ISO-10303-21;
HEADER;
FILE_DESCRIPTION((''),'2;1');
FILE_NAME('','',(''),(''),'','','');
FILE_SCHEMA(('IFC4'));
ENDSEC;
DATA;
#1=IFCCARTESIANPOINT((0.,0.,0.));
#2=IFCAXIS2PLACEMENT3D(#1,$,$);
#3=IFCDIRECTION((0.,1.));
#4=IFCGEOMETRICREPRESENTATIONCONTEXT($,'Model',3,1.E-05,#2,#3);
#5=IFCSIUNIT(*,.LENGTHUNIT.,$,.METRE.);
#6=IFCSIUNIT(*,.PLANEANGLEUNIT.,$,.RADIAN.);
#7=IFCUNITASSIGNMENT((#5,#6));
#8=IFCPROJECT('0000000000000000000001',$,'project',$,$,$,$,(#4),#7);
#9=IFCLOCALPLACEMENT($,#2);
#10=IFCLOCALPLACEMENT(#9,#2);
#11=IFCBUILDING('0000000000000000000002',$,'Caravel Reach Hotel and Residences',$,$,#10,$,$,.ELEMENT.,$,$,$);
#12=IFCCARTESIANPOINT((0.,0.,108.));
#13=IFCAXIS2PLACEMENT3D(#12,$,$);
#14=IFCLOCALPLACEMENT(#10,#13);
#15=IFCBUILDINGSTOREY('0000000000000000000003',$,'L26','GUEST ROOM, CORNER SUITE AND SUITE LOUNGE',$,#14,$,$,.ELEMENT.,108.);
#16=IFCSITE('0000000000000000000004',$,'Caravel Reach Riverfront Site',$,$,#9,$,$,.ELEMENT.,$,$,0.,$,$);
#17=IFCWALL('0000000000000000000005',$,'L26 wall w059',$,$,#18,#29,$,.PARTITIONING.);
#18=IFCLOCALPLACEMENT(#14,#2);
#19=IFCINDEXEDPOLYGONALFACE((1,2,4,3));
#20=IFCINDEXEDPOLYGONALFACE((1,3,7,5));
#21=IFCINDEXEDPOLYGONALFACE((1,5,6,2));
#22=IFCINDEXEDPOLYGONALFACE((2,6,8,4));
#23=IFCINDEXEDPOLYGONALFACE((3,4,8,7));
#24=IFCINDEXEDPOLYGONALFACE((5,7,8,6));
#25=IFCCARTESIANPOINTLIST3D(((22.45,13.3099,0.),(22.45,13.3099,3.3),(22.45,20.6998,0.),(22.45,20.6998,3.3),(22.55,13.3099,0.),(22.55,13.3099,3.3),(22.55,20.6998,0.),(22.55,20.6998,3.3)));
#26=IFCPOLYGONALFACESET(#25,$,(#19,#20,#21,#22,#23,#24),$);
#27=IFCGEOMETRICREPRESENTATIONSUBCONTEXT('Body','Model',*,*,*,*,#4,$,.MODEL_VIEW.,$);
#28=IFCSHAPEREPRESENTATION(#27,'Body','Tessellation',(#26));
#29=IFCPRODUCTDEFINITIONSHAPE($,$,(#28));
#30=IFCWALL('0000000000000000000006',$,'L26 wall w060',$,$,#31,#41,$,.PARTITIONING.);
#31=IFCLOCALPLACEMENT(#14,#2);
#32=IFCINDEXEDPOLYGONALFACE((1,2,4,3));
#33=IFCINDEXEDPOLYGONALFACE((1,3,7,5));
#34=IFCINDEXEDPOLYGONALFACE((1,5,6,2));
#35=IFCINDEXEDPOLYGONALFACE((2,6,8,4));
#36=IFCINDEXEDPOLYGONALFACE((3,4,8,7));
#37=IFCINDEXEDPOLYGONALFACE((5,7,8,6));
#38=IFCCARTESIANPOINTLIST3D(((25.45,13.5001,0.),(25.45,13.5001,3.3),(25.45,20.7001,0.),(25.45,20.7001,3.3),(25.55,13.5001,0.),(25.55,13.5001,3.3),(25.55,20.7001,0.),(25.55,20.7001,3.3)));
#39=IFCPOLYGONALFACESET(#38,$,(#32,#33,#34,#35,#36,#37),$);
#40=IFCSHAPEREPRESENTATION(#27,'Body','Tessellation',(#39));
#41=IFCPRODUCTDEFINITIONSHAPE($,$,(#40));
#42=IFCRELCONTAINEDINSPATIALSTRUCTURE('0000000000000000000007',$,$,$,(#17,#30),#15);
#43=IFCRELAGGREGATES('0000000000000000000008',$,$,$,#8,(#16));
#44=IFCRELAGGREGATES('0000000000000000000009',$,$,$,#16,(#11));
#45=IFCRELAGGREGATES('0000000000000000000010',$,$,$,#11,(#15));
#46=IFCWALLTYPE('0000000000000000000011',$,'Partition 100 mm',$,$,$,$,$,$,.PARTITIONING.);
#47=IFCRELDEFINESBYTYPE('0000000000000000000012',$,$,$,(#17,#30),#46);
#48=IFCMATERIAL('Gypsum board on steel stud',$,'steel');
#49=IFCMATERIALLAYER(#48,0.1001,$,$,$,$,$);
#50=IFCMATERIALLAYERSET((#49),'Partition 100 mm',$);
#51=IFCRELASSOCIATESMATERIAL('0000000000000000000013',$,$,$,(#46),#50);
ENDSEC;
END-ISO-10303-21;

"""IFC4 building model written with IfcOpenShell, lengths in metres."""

from ifc_helpers import new_model, si_unit, direction, frame, frame_2d, origin, place, context, subcontext, project, spatial, rectangle, extrude, material, layer, layer_set, type_object, element, save


model = new_model("IFC4")

# Units and contexts
model_context = context("Model", 3, precision=1e-05, world=origin(), true_north=direction((0.0, 1.0)))
body_context = subcontext(model_context, "Body", "Model", "MODEL_VIEW")
ifc_project = project(units=[si_unit("LENGTHUNIT", "METRE"), si_unit("PLANEANGLEUNIT", "RADIAN")], contexts=[model_context])

# Site, building, storey
site_placement = place(None, origin())
site = spatial("IfcSite", under=ifc_project, at=site_placement, Name="Caravel Reach Riverfront Site", CompositionType="ELEMENT", RefElevation=0.0)
building_placement = place(site_placement, origin())
building = spatial("IfcBuilding", under=site, at=building_placement, Name="Caravel Reach Hotel and Residences", CompositionType="ELEMENT")
storey_placement = place(building_placement, frame((0.0, 0.0, 108.0)))
storey = spatial("IfcBuildingStorey", under=building, at=storey_placement, Name="L26", Description="GUEST ROOM, CORNER SUITE AND SUITE LOUNGE", CompositionType="ELEMENT", Elevation=108.0)

# Walls
ifc_material_1 = material(Name="Gypsum board on steel stud", Category="steel")
ifc_layer_1 = layer(ifc_material_1, 0.1001)
ifc_layer_set_1 = layer_set([ifc_layer_1], Name="Partition 100 mm")
wall_type_1 = type_object("IfcWallType", Name="Partition 100 mm", PredefinedType="PARTITIONING", material=ifc_layer_set_1)
wall_1_placement = place(storey_placement, frame((22.5, 13.3101, 0.0), z_axis=(0.0, 0.0, 1.0), x_axis=(0.0, 1.0, 0.0)))
element("IfcWall", 1, at=wall_1_placement, inside=storey, type_object=wall_type_1, Name="L26 wall w059", PredefinedType="PARTITIONING", context=body_context, shape_type="SweptSolid", body=[
    extrude(rectangle(XDim=7.3899, YDim=0.1001, at=frame_2d((3.6948, 0.0))), origin(), (0.0, 0.0, 1.0), 3.3),
])
wall_2_placement = place(storey_placement, frame((25.5, 13.5, 0.0), z_axis=(0.0, 0.0, 1.0), x_axis=(0.0, 1.0, 0.0)))
element("IfcWall", 2, at=wall_2_placement, inside=storey, type_object=wall_type_1, Name="L26 wall w060", PredefinedType="PARTITIONING", context=body_context, shape_type="SweptSolid", body=[
    extrude(rectangle(XDim=7.2, YDim=0.1001, at=frame_2d((3.6001, 0.0))), origin(), (0.0, 0.0, 1.0), 3.3),
])

save(model, "model.ifc")
